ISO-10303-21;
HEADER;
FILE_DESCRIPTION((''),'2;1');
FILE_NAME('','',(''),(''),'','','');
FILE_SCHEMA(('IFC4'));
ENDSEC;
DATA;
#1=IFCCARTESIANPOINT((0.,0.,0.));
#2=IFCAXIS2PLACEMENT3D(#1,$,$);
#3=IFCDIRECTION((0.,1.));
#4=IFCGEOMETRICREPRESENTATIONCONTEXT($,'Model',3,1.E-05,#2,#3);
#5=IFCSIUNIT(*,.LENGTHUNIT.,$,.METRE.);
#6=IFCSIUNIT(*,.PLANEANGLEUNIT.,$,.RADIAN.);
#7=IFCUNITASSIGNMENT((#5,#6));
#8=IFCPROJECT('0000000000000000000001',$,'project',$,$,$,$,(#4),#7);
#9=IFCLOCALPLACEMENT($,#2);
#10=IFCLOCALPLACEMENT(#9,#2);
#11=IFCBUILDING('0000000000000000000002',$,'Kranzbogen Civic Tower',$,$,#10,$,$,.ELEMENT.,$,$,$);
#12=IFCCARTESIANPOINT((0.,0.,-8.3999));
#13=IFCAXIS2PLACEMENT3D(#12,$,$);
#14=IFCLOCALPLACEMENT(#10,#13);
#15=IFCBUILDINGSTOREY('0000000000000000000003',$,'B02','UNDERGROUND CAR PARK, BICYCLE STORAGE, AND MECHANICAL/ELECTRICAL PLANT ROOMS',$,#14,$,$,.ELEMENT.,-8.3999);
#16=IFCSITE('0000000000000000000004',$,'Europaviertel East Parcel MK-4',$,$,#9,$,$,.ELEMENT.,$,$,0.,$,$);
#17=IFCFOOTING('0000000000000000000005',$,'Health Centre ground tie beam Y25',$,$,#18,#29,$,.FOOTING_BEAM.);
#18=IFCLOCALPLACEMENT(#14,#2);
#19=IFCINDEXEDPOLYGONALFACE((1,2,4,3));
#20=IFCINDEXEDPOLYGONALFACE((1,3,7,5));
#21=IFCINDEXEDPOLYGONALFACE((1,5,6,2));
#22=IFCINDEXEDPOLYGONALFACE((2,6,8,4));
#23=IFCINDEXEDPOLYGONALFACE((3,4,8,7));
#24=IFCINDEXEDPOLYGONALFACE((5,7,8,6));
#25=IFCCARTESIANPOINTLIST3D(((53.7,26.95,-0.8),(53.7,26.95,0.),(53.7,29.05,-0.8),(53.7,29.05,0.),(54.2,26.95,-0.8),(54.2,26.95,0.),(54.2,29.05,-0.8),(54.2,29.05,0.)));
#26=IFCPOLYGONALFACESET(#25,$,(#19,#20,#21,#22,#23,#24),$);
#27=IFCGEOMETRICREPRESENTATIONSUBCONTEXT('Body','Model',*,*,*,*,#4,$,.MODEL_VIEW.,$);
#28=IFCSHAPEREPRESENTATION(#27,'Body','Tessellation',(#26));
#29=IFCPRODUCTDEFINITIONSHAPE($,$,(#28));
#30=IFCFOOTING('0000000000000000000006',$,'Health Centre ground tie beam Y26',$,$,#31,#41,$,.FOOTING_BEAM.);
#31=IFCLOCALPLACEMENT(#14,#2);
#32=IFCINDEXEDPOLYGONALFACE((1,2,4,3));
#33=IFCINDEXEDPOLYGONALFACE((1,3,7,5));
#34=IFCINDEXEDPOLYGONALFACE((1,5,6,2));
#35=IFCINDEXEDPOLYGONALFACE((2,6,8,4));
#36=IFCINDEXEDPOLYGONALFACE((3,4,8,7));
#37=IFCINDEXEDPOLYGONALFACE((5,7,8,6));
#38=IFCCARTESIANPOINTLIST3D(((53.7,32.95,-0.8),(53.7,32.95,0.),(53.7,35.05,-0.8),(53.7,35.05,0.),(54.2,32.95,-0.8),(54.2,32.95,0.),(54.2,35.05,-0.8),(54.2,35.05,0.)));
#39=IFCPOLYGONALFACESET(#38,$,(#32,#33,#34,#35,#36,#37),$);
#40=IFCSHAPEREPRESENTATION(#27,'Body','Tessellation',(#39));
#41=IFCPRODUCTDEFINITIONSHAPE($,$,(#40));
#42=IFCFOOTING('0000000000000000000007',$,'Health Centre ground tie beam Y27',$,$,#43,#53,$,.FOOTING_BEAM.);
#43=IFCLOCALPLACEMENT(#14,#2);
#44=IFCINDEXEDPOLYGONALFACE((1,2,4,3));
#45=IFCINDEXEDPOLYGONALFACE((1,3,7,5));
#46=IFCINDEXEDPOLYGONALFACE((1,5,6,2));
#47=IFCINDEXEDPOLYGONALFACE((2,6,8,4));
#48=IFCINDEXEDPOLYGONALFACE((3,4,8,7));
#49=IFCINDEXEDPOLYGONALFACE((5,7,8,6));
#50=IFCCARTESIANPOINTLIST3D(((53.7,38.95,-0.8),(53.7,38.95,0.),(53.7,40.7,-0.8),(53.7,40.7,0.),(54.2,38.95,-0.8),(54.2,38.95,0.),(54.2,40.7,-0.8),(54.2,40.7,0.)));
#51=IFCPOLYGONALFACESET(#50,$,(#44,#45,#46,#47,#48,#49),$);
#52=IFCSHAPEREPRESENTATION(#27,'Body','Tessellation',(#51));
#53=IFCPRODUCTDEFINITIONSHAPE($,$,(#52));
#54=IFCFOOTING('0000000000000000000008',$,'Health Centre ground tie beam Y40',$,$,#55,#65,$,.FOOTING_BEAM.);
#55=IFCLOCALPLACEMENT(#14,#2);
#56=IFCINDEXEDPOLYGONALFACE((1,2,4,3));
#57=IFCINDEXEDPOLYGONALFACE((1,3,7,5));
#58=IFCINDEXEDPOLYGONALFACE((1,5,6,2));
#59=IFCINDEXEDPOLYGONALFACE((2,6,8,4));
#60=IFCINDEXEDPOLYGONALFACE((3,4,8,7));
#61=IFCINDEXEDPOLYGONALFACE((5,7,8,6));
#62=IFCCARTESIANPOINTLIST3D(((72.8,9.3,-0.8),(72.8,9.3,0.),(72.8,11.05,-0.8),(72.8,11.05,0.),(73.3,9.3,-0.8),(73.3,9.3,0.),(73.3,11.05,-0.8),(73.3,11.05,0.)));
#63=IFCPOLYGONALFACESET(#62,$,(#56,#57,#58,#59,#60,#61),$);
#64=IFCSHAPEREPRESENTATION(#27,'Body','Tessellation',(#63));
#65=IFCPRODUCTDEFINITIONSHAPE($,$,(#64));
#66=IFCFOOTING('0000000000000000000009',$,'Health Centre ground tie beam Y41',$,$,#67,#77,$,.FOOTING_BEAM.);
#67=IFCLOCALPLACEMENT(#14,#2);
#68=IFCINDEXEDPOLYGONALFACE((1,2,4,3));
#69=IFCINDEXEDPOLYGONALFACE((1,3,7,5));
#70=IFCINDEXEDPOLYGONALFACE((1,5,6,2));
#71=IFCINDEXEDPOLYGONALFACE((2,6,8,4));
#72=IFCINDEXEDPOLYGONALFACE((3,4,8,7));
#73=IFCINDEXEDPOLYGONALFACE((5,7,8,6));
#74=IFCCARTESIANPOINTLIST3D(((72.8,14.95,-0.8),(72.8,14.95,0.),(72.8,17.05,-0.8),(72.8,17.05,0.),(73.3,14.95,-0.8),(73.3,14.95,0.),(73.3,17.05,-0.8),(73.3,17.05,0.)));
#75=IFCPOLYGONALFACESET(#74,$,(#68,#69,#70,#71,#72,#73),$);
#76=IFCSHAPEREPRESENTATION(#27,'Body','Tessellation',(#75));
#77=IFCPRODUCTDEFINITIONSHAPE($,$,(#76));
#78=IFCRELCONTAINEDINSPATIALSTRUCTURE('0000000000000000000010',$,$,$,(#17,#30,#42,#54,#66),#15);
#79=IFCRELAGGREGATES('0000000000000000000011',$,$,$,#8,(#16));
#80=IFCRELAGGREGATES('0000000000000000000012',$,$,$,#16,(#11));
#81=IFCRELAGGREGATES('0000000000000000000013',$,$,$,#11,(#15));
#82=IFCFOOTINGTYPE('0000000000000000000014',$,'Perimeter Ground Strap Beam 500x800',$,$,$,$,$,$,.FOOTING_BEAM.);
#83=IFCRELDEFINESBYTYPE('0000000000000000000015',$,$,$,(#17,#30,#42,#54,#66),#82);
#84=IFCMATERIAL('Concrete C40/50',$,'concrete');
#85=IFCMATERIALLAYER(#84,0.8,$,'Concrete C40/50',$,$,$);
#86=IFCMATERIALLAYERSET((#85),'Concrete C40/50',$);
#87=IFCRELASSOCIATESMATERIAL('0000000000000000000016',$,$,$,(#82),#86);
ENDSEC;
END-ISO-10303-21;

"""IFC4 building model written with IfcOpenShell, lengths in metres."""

from ifc_helpers import new_model, si_unit, direction, frame, origin, place, context, subcontext, project, spatial, polyline, outline, extrude, material, layer, layer_set, type_object, element, save


model = new_model("IFC4")

# Units and contexts
model_context = context("Model", 3, precision=1e-05, world=origin(), true_north=direction((0.0, 1.0)))
body_context = subcontext(model_context, "Body", "Model", "MODEL_VIEW")
ifc_project = project(units=[si_unit("LENGTHUNIT", "METRE"), si_unit("PLANEANGLEUNIT", "RADIAN")], contexts=[model_context])

# Site, building, storey
site_placement = place(None, origin())
site = spatial("IfcSite", under=ifc_project, at=site_placement, Name="Europaviertel East Parcel MK-4", CompositionType="ELEMENT", RefElevation=0.0)
building_placement = place(site_placement, origin())
building = spatial("IfcBuilding", under=site, at=building_placement, Name="Kranzbogen Civic Tower", CompositionType="ELEMENT")
storey_placement = place(building_placement, frame((0.0, 0.0, -8.3999)))
storey = spatial("IfcBuildingStorey", under=building, at=storey_placement, Name="B02", Description="UNDERGROUND CAR PARK, BICYCLE STORAGE, AND MECHANICAL/ELECTRICAL PLANT ROOMS", CompositionType="ELEMENT", Elevation=-8.3999)

# Footings
ifc_material = material(Name="Concrete C40/50", Category="concrete")
ifc_layer_1 = layer(ifc_material, 0.8, Name="Concrete C40/50")
ifc_layer_set_1 = layer_set([ifc_layer_1], Name="Concrete C40/50")
footing_type_1 = type_object("IfcFootingType", Name="Perimeter Ground Strap Beam 500x800", PredefinedType="FOOTING_BEAM", material=ifc_layer_set_1)
footing_1_placement = place(storey_placement, frame((0.0, 0.0, -0.8)))
element("IfcFooting", 1, at=footing_1_placement, inside=storey, type_object=footing_type_1, Name="Health Centre ground tie beam Y25", PredefinedType="FOOTING_BEAM", context=body_context, shape_type="SweptSolid", body=[
    extrude(outline(polyline([(53.7, 26.95), (54.2, 26.95), (54.2, 29.05), (53.7, 29.05), (53.7, 26.95)])), origin(), (0.0, 0.0, 1.0), 0.8),
])
footing_2_placement = place(storey_placement, frame((0.0, 0.0, -0.8)))
element("IfcFooting", 2, at=footing_2_placement, inside=storey, type_object=footing_type_1, Name="Health Centre ground tie beam Y26", PredefinedType="FOOTING_BEAM", context=body_context, shape_type="SweptSolid", body=[
    extrude(outline(polyline([(53.7, 32.95), (54.2, 32.95), (54.2, 35.05), (53.7, 35.05), (53.7, 32.95)])), origin(), (0.0, 0.0, 1.0), 0.8),
])
footing_3_placement = place(storey_placement, frame((0.0, 0.0, -0.8)))
element("IfcFooting", 3, at=footing_3_placement, inside=storey, type_object=footing_type_1, Name="Health Centre ground tie beam Y27", PredefinedType="FOOTING_BEAM", context=body_context, shape_type="SweptSolid", body=[
    extrude(outline(polyline([(53.7, 38.95), (54.2, 38.95), (54.2, 40.7), (53.7, 40.7), (53.7, 38.95)])), origin(), (0.0, 0.0, 1.0), 0.8),
])
footing_4_placement = place(storey_placement, frame((0.0, 0.0, -0.8)))
element("IfcFooting", 4, at=footing_4_placement, inside=storey, type_object=footing_type_1, Name="Health Centre ground tie beam Y40", PredefinedType="FOOTING_BEAM", context=body_context, shape_type="SweptSolid", body=[
    extrude(outline(polyline([(72.8, 9.3), (73.3, 9.3), (73.3, 11.05), (72.8, 11.05), (72.8, 9.3)])), origin(), (0.0, 0.0, 1.0), 0.8),
])
footing_5_placement = place(storey_placement, frame((0.0, 0.0, -0.8)))
element("IfcFooting", 5, at=footing_5_placement, inside=storey, type_object=footing_type_1, Name="Health Centre ground tie beam Y41", PredefinedType="FOOTING_BEAM", context=body_context, shape_type="SweptSolid", body=[
    extrude(outline(polyline([(72.8, 14.95), (73.3, 14.95), (73.3, 17.05), (72.8, 17.05), (72.8, 14.95)])), origin(), (0.0, 0.0, 1.0), 0.8),
])

save(model, "model.ifc")
